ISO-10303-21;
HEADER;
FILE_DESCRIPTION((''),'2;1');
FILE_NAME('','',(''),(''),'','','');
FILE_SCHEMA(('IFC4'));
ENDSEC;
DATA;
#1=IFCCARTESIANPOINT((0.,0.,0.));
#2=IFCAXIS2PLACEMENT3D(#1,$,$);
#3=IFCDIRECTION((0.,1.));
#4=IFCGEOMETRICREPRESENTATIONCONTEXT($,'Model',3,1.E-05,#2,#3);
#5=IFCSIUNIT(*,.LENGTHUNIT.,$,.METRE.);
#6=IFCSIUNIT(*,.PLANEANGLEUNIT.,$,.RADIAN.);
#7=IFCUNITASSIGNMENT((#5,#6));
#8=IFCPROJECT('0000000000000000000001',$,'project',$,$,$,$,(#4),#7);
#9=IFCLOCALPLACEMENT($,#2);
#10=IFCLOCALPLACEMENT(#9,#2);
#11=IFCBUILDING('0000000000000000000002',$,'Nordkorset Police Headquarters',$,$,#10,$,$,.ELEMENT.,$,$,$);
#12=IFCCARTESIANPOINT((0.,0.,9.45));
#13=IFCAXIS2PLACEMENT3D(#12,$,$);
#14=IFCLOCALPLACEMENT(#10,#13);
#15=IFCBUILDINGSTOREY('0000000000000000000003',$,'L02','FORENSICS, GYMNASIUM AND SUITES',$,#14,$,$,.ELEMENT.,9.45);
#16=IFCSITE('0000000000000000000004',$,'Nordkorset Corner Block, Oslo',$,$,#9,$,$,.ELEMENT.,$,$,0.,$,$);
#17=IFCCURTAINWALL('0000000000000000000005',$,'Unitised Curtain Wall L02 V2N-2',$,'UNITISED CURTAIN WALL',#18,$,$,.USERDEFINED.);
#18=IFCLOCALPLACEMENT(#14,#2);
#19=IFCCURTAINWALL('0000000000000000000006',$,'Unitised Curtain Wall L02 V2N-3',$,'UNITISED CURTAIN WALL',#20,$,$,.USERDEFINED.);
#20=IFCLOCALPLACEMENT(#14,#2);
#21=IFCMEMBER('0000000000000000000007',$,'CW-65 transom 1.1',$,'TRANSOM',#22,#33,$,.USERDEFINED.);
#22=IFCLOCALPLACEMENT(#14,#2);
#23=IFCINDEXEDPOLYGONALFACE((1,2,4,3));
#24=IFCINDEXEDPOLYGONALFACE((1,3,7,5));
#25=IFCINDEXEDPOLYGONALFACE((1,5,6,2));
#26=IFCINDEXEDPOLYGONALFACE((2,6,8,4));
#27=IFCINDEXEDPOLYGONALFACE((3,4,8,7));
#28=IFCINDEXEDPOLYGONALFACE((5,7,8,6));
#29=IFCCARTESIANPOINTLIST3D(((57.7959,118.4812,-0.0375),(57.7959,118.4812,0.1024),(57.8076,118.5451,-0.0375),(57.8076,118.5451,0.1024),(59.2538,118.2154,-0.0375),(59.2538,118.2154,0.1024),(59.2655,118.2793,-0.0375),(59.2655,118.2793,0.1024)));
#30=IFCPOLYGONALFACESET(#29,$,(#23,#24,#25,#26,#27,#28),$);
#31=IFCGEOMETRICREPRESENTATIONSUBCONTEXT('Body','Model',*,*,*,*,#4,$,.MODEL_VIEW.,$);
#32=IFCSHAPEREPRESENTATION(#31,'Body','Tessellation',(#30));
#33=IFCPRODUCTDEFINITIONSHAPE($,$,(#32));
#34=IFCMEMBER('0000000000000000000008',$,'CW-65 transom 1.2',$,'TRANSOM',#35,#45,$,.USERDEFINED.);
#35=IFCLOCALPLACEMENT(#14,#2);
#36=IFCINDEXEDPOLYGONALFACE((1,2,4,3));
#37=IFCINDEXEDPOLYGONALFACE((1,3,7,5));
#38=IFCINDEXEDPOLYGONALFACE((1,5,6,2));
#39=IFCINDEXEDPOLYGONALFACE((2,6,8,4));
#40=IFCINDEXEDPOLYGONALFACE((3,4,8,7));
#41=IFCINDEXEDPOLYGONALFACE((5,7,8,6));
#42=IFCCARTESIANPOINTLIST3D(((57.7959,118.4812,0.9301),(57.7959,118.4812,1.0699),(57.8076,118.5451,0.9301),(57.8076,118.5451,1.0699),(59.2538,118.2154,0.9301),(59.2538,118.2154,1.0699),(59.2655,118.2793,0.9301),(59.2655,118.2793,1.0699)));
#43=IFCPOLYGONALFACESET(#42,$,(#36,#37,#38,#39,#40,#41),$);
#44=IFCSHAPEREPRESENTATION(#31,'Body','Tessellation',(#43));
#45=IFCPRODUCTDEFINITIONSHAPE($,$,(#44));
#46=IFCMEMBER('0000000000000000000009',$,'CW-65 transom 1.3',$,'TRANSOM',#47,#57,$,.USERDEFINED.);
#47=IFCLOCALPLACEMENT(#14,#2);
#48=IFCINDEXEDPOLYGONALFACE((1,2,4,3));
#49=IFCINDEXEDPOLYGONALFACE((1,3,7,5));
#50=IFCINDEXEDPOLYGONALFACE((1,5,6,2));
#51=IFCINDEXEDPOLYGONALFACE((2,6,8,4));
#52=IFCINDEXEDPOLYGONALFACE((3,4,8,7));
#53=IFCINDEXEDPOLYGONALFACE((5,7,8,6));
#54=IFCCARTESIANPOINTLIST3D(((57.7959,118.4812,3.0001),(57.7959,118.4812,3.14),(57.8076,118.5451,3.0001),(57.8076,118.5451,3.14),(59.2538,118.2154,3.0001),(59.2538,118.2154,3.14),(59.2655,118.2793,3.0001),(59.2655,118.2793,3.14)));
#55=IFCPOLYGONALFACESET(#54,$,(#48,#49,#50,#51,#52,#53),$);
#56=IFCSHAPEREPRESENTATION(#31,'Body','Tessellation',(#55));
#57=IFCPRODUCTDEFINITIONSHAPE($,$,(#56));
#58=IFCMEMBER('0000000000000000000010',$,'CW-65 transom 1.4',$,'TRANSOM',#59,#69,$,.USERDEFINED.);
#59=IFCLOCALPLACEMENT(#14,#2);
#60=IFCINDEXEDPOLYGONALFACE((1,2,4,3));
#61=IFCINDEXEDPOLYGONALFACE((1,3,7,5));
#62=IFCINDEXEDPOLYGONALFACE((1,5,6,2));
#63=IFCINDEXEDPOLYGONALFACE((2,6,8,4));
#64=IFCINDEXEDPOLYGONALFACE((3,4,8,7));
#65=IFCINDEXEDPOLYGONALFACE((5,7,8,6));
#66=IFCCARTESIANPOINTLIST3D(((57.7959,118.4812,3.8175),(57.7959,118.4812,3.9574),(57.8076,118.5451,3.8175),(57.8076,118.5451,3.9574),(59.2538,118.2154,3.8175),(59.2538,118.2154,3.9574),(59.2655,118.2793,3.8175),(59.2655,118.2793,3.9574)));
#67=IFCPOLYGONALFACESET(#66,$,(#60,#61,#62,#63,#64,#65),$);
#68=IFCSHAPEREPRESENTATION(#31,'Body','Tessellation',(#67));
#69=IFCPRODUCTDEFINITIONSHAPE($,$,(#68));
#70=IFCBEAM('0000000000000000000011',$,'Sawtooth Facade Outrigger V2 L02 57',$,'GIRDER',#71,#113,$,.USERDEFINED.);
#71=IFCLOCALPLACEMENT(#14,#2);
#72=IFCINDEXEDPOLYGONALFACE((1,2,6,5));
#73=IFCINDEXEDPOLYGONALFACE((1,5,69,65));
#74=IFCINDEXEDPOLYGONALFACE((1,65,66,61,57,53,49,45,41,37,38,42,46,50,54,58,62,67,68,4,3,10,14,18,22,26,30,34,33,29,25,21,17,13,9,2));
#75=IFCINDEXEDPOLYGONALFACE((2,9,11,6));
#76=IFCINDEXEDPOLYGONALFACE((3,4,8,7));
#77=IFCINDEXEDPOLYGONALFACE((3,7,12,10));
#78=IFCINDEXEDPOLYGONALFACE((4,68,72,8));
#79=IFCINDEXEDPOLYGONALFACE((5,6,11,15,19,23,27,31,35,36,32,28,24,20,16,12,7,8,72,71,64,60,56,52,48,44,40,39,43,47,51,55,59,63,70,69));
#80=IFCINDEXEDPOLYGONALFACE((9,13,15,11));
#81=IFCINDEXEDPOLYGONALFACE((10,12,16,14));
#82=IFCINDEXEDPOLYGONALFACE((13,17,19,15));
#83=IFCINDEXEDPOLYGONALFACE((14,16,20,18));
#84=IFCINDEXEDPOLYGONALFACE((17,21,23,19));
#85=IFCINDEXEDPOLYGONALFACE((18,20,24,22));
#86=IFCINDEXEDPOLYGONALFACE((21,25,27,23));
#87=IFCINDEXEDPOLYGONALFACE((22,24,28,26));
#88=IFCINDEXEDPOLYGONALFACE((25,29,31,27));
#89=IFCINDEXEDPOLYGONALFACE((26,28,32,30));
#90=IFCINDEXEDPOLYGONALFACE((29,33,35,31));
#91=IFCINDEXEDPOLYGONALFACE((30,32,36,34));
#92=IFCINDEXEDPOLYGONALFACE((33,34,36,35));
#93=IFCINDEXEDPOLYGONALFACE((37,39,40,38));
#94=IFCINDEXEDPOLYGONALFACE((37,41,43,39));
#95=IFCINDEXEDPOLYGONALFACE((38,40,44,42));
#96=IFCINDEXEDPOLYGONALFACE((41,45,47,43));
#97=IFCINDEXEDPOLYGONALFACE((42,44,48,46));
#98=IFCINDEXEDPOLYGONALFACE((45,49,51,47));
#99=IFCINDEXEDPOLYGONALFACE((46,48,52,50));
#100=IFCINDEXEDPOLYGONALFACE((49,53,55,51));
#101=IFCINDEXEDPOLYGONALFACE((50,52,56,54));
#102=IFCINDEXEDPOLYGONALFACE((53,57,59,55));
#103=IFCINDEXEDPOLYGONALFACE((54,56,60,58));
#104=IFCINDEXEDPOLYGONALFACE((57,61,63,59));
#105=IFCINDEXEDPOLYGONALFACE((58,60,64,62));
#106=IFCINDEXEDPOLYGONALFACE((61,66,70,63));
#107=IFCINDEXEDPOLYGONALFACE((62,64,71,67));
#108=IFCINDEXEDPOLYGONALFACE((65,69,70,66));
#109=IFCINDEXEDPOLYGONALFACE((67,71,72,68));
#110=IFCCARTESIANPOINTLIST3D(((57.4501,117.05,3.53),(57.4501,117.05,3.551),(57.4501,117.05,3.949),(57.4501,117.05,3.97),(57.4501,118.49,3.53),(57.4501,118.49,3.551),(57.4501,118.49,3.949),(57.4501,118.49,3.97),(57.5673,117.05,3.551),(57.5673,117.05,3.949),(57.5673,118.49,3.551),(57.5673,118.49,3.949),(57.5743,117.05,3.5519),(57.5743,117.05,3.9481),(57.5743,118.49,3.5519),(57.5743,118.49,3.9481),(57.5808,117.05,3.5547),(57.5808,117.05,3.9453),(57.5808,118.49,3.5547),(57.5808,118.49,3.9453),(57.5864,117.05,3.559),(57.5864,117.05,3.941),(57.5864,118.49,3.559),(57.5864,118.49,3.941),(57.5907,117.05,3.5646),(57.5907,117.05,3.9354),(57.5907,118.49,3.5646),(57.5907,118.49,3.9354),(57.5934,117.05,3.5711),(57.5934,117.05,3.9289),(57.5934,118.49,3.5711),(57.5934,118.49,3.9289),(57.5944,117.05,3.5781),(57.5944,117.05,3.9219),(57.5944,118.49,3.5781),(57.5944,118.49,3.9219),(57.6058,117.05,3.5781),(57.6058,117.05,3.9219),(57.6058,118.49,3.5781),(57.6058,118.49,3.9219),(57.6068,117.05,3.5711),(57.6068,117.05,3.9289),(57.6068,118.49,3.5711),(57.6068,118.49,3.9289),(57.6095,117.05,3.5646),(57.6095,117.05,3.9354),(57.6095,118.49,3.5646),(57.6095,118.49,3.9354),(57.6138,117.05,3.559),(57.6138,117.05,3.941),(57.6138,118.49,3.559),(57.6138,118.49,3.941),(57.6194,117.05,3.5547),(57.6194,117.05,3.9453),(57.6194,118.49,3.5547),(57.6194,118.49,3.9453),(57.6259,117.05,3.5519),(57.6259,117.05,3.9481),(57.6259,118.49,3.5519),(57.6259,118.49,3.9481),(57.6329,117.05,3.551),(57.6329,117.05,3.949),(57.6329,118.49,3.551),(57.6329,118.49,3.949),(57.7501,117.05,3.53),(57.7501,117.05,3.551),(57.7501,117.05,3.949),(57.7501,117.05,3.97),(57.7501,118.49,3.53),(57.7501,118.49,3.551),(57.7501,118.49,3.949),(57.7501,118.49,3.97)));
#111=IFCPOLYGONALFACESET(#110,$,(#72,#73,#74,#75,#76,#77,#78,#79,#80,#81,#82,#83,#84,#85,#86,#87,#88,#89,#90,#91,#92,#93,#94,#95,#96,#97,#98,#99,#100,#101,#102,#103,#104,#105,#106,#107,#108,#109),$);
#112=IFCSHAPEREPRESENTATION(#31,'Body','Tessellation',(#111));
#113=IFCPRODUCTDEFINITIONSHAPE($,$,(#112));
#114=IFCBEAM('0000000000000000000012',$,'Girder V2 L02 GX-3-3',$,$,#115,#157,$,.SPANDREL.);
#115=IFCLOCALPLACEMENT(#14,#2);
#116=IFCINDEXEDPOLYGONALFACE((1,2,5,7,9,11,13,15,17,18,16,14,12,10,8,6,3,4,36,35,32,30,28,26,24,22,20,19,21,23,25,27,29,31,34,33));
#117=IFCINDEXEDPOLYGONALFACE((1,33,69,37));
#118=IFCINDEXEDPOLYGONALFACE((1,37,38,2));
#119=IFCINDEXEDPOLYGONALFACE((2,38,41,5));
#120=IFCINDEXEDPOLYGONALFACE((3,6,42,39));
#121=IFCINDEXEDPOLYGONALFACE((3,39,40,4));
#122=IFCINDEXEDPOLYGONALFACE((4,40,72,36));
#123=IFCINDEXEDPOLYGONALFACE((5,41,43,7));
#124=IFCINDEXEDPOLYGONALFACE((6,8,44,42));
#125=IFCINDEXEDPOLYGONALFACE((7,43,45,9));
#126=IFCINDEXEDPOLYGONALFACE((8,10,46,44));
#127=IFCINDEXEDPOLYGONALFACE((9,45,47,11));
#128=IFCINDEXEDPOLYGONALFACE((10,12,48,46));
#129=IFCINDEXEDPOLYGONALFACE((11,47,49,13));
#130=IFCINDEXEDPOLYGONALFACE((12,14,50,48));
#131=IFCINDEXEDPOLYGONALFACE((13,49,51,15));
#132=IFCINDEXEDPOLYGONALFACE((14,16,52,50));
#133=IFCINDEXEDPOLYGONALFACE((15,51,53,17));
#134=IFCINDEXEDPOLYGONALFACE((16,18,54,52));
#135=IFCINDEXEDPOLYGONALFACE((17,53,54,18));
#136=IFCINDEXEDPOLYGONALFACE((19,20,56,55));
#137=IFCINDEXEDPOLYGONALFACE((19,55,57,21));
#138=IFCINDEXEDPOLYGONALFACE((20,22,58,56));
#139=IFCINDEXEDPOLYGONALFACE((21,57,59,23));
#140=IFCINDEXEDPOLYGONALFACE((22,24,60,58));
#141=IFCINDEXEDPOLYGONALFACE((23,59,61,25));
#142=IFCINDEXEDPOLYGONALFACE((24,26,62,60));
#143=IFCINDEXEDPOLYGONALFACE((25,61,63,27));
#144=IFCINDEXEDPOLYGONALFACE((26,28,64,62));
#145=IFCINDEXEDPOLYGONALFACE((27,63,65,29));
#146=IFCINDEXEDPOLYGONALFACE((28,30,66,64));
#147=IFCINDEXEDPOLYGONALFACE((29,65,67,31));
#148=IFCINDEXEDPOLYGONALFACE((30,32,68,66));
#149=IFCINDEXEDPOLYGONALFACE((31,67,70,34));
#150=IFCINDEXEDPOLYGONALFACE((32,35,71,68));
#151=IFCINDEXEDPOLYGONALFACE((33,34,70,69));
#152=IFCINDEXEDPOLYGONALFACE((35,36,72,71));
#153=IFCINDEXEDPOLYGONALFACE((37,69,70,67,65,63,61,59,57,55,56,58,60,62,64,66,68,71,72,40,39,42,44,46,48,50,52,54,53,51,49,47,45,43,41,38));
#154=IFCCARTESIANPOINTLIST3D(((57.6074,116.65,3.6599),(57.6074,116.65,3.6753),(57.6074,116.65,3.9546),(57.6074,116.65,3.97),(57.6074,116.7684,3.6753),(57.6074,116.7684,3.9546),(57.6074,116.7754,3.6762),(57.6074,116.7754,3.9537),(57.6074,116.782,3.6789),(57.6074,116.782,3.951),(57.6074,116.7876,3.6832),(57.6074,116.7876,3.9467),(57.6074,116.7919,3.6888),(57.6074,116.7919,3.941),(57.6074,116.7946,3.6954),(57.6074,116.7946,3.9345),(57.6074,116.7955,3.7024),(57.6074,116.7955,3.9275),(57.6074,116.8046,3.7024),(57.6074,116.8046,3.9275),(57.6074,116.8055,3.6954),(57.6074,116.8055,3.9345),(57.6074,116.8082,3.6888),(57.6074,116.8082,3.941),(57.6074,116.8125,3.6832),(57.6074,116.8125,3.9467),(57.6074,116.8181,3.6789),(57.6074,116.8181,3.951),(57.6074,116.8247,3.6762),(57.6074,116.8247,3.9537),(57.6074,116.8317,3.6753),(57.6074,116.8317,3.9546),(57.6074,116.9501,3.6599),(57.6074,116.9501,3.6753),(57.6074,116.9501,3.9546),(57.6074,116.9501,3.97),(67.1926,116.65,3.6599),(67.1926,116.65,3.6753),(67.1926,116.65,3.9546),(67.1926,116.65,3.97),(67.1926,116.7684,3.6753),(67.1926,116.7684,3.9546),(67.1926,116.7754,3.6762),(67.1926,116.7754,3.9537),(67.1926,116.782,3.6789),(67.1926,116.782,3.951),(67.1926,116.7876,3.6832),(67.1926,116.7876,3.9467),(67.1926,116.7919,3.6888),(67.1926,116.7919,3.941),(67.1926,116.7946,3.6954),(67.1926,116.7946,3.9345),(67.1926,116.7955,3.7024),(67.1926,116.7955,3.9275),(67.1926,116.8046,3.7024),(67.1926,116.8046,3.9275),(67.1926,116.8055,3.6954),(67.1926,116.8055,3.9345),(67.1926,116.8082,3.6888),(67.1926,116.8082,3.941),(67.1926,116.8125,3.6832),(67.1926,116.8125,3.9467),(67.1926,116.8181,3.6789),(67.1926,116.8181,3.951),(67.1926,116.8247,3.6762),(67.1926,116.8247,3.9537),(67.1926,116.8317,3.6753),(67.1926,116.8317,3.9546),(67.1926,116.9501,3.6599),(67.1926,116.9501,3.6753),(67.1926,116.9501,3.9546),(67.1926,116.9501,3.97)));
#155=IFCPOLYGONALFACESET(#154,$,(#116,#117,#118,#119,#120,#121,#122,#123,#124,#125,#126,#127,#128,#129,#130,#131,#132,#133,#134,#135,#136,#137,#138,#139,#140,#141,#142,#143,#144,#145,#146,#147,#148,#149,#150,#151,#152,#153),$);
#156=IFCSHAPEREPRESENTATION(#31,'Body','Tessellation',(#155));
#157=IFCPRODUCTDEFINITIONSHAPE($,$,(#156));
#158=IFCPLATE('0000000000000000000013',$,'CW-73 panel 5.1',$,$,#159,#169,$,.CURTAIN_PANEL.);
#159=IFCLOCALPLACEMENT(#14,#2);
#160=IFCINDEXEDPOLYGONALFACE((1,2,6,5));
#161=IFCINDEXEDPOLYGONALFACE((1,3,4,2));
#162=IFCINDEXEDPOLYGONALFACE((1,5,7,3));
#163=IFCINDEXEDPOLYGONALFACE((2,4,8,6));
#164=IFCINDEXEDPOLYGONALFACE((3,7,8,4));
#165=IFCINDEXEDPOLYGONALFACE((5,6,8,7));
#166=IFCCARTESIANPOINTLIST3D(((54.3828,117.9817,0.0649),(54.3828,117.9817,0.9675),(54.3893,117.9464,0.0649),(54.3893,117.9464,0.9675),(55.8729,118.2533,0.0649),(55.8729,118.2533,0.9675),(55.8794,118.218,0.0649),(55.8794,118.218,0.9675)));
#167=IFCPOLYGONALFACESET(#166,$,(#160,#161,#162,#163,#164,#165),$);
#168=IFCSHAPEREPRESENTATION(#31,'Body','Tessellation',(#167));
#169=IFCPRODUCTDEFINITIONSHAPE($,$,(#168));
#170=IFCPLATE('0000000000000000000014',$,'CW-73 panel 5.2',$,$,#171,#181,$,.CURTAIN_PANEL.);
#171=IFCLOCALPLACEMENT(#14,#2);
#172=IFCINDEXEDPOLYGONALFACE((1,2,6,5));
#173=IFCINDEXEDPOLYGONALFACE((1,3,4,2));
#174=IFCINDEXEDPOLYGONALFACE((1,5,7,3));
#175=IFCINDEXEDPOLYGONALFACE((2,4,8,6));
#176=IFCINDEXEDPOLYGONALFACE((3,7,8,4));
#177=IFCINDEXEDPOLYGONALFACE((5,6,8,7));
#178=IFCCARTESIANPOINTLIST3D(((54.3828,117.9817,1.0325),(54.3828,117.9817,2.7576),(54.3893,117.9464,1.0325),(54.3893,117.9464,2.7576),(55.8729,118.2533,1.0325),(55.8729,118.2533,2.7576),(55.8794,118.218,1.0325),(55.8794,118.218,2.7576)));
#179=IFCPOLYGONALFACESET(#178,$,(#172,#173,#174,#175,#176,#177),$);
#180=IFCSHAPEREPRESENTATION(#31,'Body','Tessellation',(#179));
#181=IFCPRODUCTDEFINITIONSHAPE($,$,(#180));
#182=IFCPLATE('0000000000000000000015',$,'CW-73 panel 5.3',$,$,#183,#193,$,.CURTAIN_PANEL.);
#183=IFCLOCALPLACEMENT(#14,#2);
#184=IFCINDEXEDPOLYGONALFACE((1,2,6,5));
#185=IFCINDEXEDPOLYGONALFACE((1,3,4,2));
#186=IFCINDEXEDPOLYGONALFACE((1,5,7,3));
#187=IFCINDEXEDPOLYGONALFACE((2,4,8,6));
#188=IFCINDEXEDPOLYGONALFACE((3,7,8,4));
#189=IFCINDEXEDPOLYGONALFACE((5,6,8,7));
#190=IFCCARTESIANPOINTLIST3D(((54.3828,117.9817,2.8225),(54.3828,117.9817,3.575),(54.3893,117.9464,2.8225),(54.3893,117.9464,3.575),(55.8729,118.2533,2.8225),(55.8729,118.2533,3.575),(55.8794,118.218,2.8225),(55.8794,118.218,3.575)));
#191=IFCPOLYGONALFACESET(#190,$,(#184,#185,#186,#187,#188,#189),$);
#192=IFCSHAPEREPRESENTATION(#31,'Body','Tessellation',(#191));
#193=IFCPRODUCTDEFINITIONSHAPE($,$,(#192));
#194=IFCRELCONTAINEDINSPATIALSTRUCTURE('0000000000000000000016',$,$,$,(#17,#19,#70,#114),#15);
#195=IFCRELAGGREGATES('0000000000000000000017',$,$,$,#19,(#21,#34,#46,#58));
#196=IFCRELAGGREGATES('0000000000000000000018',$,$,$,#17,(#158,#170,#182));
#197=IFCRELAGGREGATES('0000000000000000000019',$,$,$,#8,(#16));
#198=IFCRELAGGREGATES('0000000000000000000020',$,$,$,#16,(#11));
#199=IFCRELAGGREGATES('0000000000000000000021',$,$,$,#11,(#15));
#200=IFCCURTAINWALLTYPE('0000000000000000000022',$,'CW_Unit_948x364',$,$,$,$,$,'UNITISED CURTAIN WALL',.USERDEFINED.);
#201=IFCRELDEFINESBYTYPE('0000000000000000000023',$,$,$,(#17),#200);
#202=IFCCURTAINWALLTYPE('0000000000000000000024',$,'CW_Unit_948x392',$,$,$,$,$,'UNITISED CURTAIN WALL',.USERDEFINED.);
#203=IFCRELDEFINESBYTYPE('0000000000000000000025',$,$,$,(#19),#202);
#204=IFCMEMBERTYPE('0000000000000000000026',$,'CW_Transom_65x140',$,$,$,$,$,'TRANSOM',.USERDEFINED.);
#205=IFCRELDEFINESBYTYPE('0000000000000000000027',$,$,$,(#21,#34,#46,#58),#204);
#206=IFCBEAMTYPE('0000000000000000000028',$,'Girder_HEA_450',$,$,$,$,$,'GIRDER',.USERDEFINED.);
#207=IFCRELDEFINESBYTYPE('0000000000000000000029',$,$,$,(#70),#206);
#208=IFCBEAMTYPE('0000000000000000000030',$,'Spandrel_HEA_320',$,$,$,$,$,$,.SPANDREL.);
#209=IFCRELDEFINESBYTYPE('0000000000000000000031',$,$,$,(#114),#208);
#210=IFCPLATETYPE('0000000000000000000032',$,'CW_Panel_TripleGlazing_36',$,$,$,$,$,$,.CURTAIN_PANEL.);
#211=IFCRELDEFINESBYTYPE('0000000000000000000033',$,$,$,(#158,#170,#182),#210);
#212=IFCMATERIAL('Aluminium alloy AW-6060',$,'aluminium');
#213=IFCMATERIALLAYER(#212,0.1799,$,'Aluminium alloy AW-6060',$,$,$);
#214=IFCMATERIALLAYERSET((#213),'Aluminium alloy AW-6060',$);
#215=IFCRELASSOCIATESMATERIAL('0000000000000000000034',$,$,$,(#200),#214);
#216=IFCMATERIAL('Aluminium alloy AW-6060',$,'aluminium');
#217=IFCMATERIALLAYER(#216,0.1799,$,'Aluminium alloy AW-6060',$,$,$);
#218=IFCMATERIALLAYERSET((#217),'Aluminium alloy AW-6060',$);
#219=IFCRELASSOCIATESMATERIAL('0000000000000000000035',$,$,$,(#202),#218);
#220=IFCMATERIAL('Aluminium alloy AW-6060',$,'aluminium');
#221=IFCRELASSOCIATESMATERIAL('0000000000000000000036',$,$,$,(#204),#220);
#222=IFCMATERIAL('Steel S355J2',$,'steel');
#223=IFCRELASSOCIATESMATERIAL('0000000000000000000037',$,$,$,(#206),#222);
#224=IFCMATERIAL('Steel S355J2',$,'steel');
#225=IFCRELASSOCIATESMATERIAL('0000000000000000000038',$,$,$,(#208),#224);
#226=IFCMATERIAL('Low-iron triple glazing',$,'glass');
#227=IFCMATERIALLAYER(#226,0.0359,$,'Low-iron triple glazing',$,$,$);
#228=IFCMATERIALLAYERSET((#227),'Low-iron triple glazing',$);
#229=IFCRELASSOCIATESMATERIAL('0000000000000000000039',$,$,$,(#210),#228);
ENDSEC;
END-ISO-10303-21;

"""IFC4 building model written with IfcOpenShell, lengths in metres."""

from ifc_helpers import new_model, si_unit, direction, frame, origin, origin_2d, place, context, subcontext, project, spatial, rectangle, i_section, extrude, material, layer, layer_set, material_profile, profile_set, type_object, element, aggregate, save


model = new_model("IFC4")

# Units and contexts
model_context = context("Model", 3, precision=1e-05, world=origin(), true_north=direction((0.0, 1.0)))
body_context = subcontext(model_context, "Body", "Model", "MODEL_VIEW")
ifc_project = project(units=[si_unit("LENGTHUNIT", "METRE"), si_unit("PLANEANGLEUNIT", "RADIAN")], contexts=[model_context])

# Site, building, storey
site_placement = place(None, origin())
site = spatial("IfcSite", under=ifc_project, at=site_placement, Name="Nordkorset Corner Block, Oslo", CompositionType="ELEMENT", RefElevation=0.0)
building_placement = place(site_placement, origin())
building = spatial("IfcBuilding", under=site, at=building_placement, Name="Nordkorset Police Headquarters", CompositionType="ELEMENT")
storey_placement = place(building_placement, frame((0.0, 0.0, 9.45)))
storey = spatial("IfcBuildingStorey", under=building, at=storey_placement, Name="L02", Description="FORENSICS, GYMNASIUM AND SUITES", CompositionType="ELEMENT", Elevation=9.45)

# Curtain wall
ifc_material_1 = material(Name="Aluminium alloy AW-6060", Category="aluminium")
ifc_layer_1 = layer(ifc_material_1, 0.1799, Name="Aluminium alloy AW-6060")
ifc_layer_set_1 = layer_set([ifc_layer_1], Name="Aluminium alloy AW-6060")
curtain_wall_type_1 = type_object("IfcCurtainWallType", Name="CW_Unit_948x364", ElementType="UNITISED CURTAIN WALL", PredefinedType="USERDEFINED", material=ifc_layer_set_1)
curtain_wall_1_placement = place(storey_placement, origin())
curtain_wall_1 = element("IfcCurtainWall", 1, at=curtain_wall_1_placement, inside=storey, type_object=curtain_wall_type_1, Name="Unitised Curtain Wall L02 V2N-2", ObjectType="UNITISED CURTAIN WALL", PredefinedType="USERDEFINED")

# Curtain wall
ifc_material_2 = material(Name="Aluminium alloy AW-6060", Category="aluminium")
ifc_layer_2 = layer(ifc_material_2, 0.1799, Name="Aluminium alloy AW-6060")
ifc_layer_set_2 = layer_set([ifc_layer_2], Name="Aluminium alloy AW-6060")
curtain_wall_type_2 = type_object("IfcCurtainWallType", Name="CW_Unit_948x392", ElementType="UNITISED CURTAIN WALL", PredefinedType="USERDEFINED", material=ifc_layer_set_2)
curtain_wall_2_placement = place(storey_placement, origin())
curtain_wall_2 = element("IfcCurtainWall", 2, at=curtain_wall_2_placement, inside=storey, type_object=curtain_wall_type_2, Name="Unitised Curtain Wall L02 V2N-3", ObjectType="UNITISED CURTAIN WALL", PredefinedType="USERDEFINED")

# Members
ifc_material_3 = material(Name="Aluminium alloy AW-6060", Category="aluminium")
ifc_material_profile_1 = material_profile(ifc_material_3, rectangle(XDim=0.0649, YDim=0.1399, at=origin_2d()), Name="ALU TRAN 65x140")
ifc_profile_set_1 = profile_set([ifc_material_profile_1], Name="Aluminium alloy AW-6060")
member_type_1 = type_object("IfcMemberType", Name="CW_Transom_65x140", ElementType="TRANSOM", PredefinedType="USERDEFINED", material=ifc_profile_set_1)
member_1_placement = place(storey_placement, frame((57.8018, 118.5132, 0.0325), z_axis=(0.983778, -0.179393, 0.0), x_axis=(0.179393, 0.983778, 0.0)))
member_1 = element("IfcMember", 3, at=member_1_placement, type_object=member_type_1, Name="CW-65 transom 1.1", ObjectType="TRANSOM", PredefinedType="USERDEFINED", context=body_context, shape_type="SweptSolid", body=[
    extrude(rectangle(XDim=0.0649, YDim=0.1399, at=origin_2d()), origin(), (0.0, 0.0, 1.0), 1.4819),
])
member_2_placement = place(storey_placement, frame((57.8018, 118.5132, 1.0), z_axis=(0.983778, -0.179393, 0.0), x_axis=(0.179393, 0.983778, 0.0)))
member_2 = element("IfcMember", 4, at=member_2_placement, type_object=member_type_1, Name="CW-65 transom 1.2", ObjectType="TRANSOM", PredefinedType="USERDEFINED", context=body_context, shape_type="SweptSolid", body=[
    extrude(rectangle(XDim=0.0649, YDim=0.1399, at=origin_2d()), origin(), (0.0, 0.0, 1.0), 1.4819),
])
member_3_placement = place(storey_placement, frame((57.8018, 118.5132, 3.0701), z_axis=(0.983778, -0.179393, 0.0), x_axis=(0.179393, 0.983778, 0.0)))
member_3 = element("IfcMember", 5, at=member_3_placement, type_object=member_type_1, Name="CW-65 transom 1.3", ObjectType="TRANSOM", PredefinedType="USERDEFINED", context=body_context, shape_type="SweptSolid", body=[
    extrude(rectangle(XDim=0.0649, YDim=0.1399, at=origin_2d()), origin(), (0.0, 0.0, 1.0), 1.4819),
])
member_4_placement = place(storey_placement, frame((57.8018, 118.5132, 3.8875), z_axis=(0.983778, -0.179393, 0.0), x_axis=(0.179393, 0.983778, 0.0)))
member_4 = element("IfcMember", 6, at=member_4_placement, type_object=member_type_1, Name="CW-65 transom 1.4", ObjectType="TRANSOM", PredefinedType="USERDEFINED", context=body_context, shape_type="SweptSolid", body=[
    extrude(rectangle(XDim=0.0649, YDim=0.1399, at=origin_2d()), origin(), (0.0, 0.0, 1.0), 1.4819),
])
aggregate(curtain_wall_2, [member_1, member_2, member_3, member_4])

# Beams
ifc_material_4 = material(Name="Steel S355J2", Category="steel")
ifc_material_profile_2 = material_profile(ifc_material_4, i_section(OverallWidth=0.3, OverallDepth=0.4399, WebThickness=0.0115, FlangeThickness=0.021, FilletRadius=0.0271, at=origin_2d()), Name="HEA 450")
ifc_profile_set_2 = profile_set([ifc_material_profile_2], Name="Steel S355J2")
beam_type_1 = type_object("IfcBeamType", Name="Girder_HEA_450", ElementType="GIRDER", PredefinedType="USERDEFINED", material=ifc_profile_set_2)
beam_1_placement = place(storey_placement, frame((57.6001, 117.05, 3.75), z_axis=(0.0, 1.0, 0.0), x_axis=(-1.0, 0.0, 0.0)))
element("IfcBeam", 7, at=beam_1_placement, inside=storey, type_object=beam_type_1, Name="Sawtooth Facade Outrigger V2 L02 57", ObjectType="GIRDER", PredefinedType="USERDEFINED", context=body_context, shape_type="SweptSolid", body=[
    extrude(i_section(OverallWidth=0.3, OverallDepth=0.4399, WebThickness=0.0115, FlangeThickness=0.021, FilletRadius=0.0271, at=origin_2d()), origin(), (0.0, 0.0, 1.0), 1.4399),
])
ifc_material_5 = material(Name="Steel S355J2", Category="steel")
ifc_material_profile_3 = material_profile(ifc_material_5, i_section(OverallWidth=0.3, OverallDepth=0.3101, WebThickness=0.009, FlangeThickness=0.0154, FilletRadius=0.0271, at=origin_2d()), Name="HEA 320")
ifc_profile_set_3 = profile_set([ifc_material_profile_3], Name="Steel S355J2")
beam_type_2 = type_object("IfcBeamType", Name="Spandrel_HEA_320", PredefinedType="SPANDREL", material=ifc_profile_set_3)
beam_2_placement = place(storey_placement, frame((57.6074, 116.8, 3.8149), z_axis=(1.0, 0.0, 0.0), x_axis=(0.0, 1.0, 0.0)))
element("IfcBeam", 8, at=beam_2_placement, inside=storey, type_object=beam_type_2, Name="Girder V2 L02 GX-3-3", PredefinedType="SPANDREL", context=body_context, shape_type="SweptSolid", body=[
    extrude(i_section(OverallWidth=0.3, OverallDepth=0.3101, WebThickness=0.009, FlangeThickness=0.0154, FilletRadius=0.0271, at=origin_2d()), origin(), (0.0, 0.0, 1.0), 9.5852),
])

# Plates
ifc_material_6 = material(Name="Low-iron triple glazing", Category="glass")
ifc_layer_3 = layer(ifc_material_6, 0.0359, Name="Low-iron triple glazing")
ifc_layer_set_3 = layer_set([ifc_layer_3], Name="Low-iron triple glazing")
plate_type = type_object("IfcPlateType", Name="CW_Panel_TripleGlazing_36", PredefinedType="CURTAIN_PANEL", material=ifc_layer_set_3)
plate_1_placement = place(storey_placement, frame((55.1311, 118.0999, 0.0649), z_axis=(0.0, 0.0, 1.0), x_axis=(0.983788, 0.179336, 0.0)))
plate_1 = element("IfcPlate", 9, at=plate_1_placement, type_object=plate_type, Name="CW-73 panel 5.1", PredefinedType="CURTAIN_PANEL", context=body_context, shape_type="SweptSolid", body=[
    extrude(rectangle(XDim=1.5146, YDim=0.0359, at=origin_2d()), origin(), (0.0, 0.0, 1.0), 0.9026),
])
plate_2_placement = place(storey_placement, frame((55.1311, 118.0999, 1.0325), z_axis=(0.0, 0.0, 1.0), x_axis=(0.983788, 0.179336, 0.0)))
plate_2 = element("IfcPlate", 10, at=plate_2_placement, type_object=plate_type, Name="CW-73 panel 5.2", PredefinedType="CURTAIN_PANEL", context=body_context, shape_type="SweptSolid", body=[
    extrude(rectangle(XDim=1.5146, YDim=0.0359, at=origin_2d()), origin(), (0.0, 0.0, 1.0), 1.7251),
])
plate_3_placement = place(storey_placement, frame((55.1311, 118.0999, 2.8225), z_axis=(0.0, 0.0, 1.0), x_axis=(0.983788, 0.179336, 0.0)))
plate_3 = element("IfcPlate", 11, at=plate_3_placement, type_object=plate_type, Name="CW-73 panel 5.3", PredefinedType="CURTAIN_PANEL", context=body_context, shape_type="SweptSolid", body=[
    extrude(rectangle(XDim=1.5146, YDim=0.0359, at=origin_2d()), origin(), (0.0, 0.0, 1.0), 0.7524),
])
aggregate(curtain_wall_1, [plate_1, plate_2, plate_3])

save(model, "model.ifc")
